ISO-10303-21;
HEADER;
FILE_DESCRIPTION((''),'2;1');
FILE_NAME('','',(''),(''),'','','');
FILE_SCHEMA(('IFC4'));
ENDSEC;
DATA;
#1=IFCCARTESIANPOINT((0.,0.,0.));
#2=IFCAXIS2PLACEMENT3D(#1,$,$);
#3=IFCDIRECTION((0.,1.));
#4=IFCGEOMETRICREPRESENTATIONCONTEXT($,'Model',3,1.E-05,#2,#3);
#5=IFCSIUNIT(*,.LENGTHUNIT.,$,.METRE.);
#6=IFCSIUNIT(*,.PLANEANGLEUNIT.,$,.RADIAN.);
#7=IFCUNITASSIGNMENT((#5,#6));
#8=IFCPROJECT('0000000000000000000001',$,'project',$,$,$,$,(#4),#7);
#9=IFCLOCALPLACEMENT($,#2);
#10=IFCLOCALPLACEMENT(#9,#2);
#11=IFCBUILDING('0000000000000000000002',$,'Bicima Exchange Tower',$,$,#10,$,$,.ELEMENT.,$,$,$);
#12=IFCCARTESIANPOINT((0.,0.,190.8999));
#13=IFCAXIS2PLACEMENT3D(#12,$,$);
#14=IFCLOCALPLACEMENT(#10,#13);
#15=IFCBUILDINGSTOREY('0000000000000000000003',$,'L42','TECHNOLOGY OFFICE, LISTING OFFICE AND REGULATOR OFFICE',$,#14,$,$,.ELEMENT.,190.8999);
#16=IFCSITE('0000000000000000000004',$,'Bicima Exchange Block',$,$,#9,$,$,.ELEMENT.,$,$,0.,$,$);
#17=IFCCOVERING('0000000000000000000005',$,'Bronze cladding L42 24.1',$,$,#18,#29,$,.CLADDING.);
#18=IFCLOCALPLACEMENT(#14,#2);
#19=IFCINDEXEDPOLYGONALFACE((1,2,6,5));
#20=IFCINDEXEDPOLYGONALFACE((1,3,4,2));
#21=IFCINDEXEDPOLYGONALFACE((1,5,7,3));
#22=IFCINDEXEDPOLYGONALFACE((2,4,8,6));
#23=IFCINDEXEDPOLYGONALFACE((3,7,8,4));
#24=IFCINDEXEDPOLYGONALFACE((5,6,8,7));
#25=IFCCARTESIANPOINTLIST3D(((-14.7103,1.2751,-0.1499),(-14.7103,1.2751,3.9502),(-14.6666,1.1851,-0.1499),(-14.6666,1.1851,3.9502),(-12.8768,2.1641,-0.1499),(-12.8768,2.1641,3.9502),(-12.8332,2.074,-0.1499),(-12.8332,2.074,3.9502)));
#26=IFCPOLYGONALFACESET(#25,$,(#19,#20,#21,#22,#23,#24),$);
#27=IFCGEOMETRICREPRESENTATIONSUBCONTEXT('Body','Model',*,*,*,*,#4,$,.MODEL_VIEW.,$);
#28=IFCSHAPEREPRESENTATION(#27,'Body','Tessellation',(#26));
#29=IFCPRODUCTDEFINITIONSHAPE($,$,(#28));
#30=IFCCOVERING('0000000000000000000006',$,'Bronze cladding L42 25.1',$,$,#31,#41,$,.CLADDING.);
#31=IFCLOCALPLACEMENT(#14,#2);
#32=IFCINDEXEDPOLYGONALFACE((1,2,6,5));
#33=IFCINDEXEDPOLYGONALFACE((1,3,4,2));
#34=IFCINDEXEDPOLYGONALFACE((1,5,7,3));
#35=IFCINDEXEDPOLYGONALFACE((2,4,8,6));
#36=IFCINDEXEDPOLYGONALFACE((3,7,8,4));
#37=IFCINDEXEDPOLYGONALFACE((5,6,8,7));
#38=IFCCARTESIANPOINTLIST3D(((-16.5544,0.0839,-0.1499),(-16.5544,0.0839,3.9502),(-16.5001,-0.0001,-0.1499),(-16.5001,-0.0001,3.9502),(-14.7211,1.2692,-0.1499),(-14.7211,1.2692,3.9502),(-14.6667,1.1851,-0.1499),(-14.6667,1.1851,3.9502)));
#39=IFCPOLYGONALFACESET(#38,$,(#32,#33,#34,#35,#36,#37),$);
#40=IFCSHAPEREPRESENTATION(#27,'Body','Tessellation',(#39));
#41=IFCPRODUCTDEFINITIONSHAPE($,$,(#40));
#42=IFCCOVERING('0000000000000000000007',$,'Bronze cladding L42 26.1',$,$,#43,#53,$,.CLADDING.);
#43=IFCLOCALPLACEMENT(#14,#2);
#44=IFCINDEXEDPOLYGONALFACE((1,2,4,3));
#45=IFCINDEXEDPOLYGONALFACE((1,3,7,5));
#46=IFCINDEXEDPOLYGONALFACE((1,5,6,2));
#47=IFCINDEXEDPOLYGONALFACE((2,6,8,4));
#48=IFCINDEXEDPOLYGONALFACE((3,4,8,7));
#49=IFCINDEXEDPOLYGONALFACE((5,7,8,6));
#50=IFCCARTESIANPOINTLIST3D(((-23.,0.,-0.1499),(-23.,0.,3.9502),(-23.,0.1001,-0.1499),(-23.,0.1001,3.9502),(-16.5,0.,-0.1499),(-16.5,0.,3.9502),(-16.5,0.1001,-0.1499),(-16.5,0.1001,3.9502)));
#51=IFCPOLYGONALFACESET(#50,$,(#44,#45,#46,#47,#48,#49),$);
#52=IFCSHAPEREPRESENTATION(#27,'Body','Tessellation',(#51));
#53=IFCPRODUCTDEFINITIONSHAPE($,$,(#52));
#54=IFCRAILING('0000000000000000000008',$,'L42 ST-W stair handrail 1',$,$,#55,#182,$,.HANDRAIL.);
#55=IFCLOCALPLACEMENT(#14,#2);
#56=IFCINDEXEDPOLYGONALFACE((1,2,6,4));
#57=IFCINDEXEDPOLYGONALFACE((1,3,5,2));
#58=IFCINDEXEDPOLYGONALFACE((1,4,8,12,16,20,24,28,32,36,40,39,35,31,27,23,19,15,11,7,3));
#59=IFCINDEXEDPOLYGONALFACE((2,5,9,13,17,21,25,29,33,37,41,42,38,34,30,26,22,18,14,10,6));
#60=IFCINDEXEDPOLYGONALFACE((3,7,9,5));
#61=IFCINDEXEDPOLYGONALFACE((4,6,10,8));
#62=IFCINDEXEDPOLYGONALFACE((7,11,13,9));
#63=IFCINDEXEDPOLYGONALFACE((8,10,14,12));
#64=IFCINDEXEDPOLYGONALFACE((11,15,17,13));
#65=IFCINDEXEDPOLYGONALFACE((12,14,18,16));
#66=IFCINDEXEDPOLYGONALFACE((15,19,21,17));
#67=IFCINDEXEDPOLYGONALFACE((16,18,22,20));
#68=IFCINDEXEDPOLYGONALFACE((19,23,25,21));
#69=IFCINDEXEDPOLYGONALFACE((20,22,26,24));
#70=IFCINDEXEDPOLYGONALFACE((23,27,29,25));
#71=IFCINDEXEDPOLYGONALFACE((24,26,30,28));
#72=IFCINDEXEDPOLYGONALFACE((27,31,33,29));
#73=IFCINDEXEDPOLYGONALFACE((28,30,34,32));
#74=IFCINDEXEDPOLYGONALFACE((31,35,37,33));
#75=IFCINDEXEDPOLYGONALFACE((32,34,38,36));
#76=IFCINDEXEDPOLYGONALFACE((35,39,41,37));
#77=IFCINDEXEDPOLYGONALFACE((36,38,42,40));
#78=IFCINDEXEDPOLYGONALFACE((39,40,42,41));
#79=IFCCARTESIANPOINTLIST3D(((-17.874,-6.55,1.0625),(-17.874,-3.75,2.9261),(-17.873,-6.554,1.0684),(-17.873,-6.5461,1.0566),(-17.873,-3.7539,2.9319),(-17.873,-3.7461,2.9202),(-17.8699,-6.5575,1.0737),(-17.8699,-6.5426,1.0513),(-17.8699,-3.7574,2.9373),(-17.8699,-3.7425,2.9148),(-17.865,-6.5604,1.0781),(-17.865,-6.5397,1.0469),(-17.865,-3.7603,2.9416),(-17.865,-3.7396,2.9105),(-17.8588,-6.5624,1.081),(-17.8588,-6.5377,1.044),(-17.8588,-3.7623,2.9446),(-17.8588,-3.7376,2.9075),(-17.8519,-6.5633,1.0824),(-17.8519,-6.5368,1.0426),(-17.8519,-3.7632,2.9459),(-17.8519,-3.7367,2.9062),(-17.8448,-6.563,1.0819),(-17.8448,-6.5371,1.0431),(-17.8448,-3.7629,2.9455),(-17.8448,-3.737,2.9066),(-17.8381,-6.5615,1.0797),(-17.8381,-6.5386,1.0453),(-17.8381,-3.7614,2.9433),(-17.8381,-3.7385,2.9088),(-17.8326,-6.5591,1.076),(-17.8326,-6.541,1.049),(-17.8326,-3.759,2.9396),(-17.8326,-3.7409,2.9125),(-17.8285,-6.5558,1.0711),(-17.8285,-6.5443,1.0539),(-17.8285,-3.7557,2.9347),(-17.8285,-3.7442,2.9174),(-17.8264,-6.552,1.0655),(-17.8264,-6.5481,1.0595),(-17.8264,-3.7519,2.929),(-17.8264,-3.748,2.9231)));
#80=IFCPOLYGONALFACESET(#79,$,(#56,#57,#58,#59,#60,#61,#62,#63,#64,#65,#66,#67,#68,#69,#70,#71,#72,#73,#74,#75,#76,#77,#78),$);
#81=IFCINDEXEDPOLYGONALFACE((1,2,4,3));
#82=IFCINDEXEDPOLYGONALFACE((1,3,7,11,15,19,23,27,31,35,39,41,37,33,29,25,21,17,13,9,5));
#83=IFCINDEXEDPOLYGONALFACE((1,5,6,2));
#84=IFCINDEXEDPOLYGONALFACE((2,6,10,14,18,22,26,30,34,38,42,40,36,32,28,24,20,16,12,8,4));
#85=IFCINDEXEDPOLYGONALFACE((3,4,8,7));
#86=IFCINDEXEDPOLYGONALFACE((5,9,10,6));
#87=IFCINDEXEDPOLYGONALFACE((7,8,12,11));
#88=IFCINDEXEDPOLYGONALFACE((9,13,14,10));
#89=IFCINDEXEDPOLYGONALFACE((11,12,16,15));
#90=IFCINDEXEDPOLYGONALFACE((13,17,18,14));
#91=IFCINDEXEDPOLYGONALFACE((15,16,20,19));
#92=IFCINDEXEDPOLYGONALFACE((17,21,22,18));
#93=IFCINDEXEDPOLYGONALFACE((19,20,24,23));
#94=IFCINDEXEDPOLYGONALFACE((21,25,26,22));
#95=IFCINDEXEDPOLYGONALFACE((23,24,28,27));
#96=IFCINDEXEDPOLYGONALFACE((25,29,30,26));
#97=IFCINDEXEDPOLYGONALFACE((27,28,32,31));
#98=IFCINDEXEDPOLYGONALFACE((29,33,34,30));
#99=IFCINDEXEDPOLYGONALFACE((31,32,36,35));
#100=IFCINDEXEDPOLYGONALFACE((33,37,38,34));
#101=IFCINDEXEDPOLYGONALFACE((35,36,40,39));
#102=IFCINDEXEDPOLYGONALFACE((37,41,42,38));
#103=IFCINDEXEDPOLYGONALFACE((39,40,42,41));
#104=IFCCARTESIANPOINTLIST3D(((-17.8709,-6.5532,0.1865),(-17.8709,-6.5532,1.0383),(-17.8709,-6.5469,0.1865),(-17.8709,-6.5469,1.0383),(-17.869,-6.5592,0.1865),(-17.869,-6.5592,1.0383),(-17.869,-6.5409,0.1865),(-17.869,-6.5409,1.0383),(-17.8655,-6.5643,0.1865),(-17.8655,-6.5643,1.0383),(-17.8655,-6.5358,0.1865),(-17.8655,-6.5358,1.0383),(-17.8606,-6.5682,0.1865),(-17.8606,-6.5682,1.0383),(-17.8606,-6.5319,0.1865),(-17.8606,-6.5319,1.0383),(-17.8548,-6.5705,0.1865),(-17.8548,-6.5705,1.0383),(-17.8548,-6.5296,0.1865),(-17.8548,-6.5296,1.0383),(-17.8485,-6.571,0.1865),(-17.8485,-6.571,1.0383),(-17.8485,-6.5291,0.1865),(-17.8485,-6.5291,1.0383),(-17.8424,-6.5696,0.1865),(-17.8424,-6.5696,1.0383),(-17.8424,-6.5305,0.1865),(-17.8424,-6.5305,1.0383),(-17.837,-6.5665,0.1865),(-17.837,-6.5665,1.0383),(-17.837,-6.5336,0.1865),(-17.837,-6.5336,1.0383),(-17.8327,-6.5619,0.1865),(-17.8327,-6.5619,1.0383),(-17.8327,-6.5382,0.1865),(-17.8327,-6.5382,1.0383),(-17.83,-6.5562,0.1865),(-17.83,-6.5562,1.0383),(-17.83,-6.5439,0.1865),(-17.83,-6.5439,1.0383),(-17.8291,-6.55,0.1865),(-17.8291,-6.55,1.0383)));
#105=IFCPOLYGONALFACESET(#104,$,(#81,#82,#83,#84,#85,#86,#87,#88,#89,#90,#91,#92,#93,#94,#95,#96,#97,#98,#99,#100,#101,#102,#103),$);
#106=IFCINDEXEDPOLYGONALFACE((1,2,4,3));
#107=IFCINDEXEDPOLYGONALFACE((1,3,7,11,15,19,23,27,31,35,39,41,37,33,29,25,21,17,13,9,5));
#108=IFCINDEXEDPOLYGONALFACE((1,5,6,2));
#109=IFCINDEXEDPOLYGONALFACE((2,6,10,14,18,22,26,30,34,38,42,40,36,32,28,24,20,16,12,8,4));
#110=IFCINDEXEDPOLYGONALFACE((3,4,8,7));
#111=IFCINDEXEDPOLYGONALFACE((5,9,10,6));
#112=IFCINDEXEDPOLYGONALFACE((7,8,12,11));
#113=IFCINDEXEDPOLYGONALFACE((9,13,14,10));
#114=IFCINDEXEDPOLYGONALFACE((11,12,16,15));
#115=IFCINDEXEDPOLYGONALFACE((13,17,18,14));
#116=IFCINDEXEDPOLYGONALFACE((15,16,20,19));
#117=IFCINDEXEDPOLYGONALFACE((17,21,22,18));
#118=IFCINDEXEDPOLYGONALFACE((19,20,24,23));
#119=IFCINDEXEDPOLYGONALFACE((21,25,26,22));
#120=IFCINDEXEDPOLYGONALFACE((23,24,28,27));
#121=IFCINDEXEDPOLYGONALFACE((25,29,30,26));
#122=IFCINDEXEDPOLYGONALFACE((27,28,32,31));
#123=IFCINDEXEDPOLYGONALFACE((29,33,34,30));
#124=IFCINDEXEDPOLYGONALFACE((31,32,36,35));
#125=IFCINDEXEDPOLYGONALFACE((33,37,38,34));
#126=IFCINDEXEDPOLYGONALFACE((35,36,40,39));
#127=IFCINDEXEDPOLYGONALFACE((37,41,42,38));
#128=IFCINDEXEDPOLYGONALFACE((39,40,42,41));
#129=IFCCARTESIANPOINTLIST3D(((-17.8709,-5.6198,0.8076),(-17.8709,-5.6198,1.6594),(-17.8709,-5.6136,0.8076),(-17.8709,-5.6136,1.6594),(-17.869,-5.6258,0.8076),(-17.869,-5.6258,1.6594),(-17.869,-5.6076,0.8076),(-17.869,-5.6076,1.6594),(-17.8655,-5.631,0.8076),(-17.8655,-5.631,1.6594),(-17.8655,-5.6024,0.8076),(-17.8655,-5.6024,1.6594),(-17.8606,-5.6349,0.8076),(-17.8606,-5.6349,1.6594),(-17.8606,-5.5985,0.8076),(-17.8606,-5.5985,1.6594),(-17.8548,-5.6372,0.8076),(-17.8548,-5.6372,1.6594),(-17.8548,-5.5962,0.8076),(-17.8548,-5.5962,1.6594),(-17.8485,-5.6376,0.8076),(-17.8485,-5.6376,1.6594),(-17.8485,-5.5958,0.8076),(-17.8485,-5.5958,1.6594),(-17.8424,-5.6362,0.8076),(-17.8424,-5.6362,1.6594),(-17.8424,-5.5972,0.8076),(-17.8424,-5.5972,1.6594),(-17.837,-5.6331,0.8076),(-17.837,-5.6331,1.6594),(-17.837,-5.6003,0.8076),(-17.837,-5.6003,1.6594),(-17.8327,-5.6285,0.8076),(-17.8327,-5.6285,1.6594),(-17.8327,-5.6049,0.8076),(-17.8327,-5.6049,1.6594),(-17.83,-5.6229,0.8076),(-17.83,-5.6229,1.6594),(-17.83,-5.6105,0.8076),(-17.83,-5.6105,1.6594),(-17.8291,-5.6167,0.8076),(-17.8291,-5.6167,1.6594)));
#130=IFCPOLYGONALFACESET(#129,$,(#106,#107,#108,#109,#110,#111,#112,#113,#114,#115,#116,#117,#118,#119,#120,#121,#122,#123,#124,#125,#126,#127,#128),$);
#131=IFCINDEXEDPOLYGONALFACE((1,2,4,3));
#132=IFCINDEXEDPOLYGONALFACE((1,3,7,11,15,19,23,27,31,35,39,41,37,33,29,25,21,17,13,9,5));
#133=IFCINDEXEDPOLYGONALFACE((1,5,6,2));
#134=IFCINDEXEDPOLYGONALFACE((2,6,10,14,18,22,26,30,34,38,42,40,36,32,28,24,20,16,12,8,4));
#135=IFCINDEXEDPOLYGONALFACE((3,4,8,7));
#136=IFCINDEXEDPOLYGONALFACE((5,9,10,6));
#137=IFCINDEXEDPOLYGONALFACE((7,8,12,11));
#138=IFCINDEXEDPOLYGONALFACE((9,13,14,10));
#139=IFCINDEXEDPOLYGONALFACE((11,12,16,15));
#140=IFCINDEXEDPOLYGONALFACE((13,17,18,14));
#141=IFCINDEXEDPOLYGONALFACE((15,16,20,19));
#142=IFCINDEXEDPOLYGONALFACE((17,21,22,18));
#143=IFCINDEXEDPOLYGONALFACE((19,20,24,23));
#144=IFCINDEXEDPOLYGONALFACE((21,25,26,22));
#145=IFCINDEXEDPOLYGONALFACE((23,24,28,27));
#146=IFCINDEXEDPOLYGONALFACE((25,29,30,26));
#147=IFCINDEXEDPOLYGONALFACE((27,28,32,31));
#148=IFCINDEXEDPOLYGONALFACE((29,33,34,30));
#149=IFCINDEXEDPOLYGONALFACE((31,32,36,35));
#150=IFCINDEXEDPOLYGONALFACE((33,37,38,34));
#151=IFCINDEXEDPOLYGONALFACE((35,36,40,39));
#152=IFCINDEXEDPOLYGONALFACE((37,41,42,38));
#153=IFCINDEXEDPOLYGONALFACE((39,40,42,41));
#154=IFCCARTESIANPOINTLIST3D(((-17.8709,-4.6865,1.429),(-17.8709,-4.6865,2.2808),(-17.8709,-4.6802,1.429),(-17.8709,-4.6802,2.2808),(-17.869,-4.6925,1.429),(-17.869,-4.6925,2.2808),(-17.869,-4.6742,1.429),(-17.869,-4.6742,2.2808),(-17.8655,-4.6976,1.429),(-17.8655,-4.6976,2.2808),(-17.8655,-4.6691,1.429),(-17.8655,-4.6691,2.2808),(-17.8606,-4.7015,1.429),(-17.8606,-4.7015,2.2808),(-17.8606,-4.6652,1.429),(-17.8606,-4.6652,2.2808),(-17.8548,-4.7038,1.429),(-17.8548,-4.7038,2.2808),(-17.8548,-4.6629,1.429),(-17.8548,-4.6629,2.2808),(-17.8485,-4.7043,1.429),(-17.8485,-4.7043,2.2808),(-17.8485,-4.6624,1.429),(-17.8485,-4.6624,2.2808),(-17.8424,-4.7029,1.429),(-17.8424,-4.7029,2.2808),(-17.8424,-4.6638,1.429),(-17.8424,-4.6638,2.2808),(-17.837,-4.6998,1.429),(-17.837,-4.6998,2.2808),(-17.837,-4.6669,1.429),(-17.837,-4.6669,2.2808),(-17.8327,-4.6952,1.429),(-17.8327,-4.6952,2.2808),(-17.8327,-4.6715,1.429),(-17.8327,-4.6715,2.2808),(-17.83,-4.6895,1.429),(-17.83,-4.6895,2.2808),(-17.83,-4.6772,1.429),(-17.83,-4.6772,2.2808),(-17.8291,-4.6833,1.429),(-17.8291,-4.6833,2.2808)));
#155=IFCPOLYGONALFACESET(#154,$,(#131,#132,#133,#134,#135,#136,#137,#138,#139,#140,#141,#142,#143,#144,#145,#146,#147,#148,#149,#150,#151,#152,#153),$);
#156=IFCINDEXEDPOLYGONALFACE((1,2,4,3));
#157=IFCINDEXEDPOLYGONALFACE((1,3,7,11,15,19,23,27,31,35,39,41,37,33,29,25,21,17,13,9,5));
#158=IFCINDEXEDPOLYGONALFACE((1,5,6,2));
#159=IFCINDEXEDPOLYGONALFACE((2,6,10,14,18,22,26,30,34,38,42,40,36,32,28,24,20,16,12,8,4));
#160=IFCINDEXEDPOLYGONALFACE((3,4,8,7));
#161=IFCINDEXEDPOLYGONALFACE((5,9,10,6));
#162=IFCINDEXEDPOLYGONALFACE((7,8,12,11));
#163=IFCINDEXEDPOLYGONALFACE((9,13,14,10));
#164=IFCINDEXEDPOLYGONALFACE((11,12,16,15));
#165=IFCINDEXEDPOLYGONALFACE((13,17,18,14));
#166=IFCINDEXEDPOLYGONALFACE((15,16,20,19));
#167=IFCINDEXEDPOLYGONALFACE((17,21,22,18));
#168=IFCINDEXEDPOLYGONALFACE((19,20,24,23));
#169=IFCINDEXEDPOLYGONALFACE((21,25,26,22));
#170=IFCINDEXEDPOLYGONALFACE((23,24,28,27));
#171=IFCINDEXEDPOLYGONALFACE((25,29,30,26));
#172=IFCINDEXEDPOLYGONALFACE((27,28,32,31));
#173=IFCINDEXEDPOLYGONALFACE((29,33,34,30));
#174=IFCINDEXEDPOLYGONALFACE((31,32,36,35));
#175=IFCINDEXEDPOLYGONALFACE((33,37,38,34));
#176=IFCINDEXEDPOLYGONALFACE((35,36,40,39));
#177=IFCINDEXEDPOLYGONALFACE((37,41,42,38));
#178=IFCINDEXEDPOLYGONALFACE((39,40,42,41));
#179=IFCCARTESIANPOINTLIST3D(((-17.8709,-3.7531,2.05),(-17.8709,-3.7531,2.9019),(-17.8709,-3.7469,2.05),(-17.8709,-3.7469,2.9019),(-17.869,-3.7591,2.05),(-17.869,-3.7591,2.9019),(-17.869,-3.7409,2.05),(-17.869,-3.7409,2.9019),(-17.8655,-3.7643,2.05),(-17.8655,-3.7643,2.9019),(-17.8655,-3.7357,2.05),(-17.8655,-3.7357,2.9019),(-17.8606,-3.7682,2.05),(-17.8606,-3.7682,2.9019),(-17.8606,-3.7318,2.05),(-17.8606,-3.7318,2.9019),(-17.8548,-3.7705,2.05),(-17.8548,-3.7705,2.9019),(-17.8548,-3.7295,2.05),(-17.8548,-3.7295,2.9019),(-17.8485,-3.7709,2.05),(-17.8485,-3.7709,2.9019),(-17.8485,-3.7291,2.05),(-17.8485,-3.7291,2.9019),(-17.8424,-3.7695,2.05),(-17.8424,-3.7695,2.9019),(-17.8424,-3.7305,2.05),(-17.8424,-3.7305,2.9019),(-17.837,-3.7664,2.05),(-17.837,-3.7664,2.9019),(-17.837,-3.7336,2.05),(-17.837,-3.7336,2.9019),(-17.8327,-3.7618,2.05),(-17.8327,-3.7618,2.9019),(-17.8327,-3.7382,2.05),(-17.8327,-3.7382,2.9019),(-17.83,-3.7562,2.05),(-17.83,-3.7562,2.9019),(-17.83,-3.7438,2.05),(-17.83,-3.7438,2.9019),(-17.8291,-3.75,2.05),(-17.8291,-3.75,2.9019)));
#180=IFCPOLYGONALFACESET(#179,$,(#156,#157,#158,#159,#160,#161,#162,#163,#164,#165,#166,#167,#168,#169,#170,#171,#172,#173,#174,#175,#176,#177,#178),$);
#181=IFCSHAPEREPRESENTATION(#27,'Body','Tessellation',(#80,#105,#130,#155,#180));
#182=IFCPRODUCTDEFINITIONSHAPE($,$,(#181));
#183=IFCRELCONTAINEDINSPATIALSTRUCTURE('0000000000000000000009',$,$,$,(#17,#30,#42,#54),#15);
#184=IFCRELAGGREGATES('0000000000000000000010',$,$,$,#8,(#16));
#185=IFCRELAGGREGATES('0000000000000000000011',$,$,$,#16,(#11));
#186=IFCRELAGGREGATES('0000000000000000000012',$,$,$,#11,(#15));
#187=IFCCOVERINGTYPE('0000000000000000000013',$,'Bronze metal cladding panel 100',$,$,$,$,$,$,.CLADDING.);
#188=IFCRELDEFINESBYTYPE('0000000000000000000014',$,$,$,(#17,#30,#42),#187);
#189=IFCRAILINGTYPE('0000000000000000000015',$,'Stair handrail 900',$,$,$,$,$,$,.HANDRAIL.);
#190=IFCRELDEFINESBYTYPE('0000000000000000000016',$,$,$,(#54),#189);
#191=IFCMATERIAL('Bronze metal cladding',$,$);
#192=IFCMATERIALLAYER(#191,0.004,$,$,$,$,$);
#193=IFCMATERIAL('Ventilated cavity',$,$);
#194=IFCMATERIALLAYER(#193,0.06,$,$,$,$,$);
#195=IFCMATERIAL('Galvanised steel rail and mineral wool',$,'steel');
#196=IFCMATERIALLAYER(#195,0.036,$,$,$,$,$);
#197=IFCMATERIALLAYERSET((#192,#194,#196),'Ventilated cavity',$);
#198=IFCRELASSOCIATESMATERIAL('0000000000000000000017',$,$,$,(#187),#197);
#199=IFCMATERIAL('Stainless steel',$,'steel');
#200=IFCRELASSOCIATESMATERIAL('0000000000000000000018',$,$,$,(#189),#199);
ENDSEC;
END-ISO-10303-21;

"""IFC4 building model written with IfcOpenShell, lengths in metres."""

from ifc_helpers import new_model, si_unit, direction, frame, origin, origin_2d, place, context, subcontext, project, spatial, rectangle, circle, extrude, material, layer, layer_set, type_object, element, save


model = new_model("IFC4")

# Units and contexts
model_context = context("Model", 3, precision=1e-05, world=origin(), true_north=direction((0.0, 1.0)))
body_context = subcontext(model_context, "Body", "Model", "MODEL_VIEW")
ifc_project = project(units=[si_unit("LENGTHUNIT", "METRE"), si_unit("PLANEANGLEUNIT", "RADIAN")], contexts=[model_context])

# Site, building, storey
site_placement = place(None, origin())
site = spatial("IfcSite", under=ifc_project, at=site_placement, Name="Bicima Exchange Block", CompositionType="ELEMENT", RefElevation=0.0)
building_placement = place(site_placement, origin())
building = spatial("IfcBuilding", under=site, at=building_placement, Name="Bicima Exchange Tower", CompositionType="ELEMENT")
storey_placement = place(building_placement, frame((0.0, 0.0, 190.8999)))
storey = spatial("IfcBuildingStorey", under=building, at=storey_placement, Name="L42", Description="TECHNOLOGY OFFICE, LISTING OFFICE AND REGULATOR OFFICE", CompositionType="ELEMENT", Elevation=190.8999)

# Shared definitions
ifc_material_1 = material(Name="Stainless steel", Category="steel")

# Coverings
ifc_material_2 = material(Name="Bronze metal cladding")
ifc_layer_1 = layer(ifc_material_2, 0.004)
ifc_material_3 = material(Name="Ventilated cavity")
ifc_layer_2 = layer(ifc_material_3, 0.06)
ifc_material_4 = material(Name="Galvanised steel rail and mineral wool", Category="steel")
ifc_layer_3 = layer(ifc_material_4, 0.036)
ifc_layer_set_1 = layer_set([ifc_layer_1, ifc_layer_2, ifc_layer_3], Name="Ventilated cavity")
covering_type = type_object("IfcCoveringType", Name="Bronze metal cladding panel 100", PredefinedType="CLADDING", material=ifc_layer_set_1)
covering_1_placement = place(storey_placement, frame((-13.7717, 1.6746, -0.1499), z_axis=(0.0, 0.0, 1.0), x_axis=(-0.899818, -0.436265, 0.0)))
element("IfcCovering", 1, at=covering_1_placement, inside=storey, type_object=covering_type, Name="Bronze cladding L42 24.1", PredefinedType="CLADDING", context=body_context, shape_type="SweptSolid", body=[
    extrude(rectangle(XDim=2.0376, YDim=0.1001, at=origin_2d()), origin(), (0.0, 0.0, 1.0), 4.1001),
])
covering_2_placement = place(storey_placement, frame((-15.6106, 0.6345, -0.1499), z_axis=(0.0, 0.0, 1.0), x_axis=(-0.83979, -0.542911, 0.0)))
element("IfcCovering", 2, at=covering_2_placement, inside=storey, type_object=covering_type, Name="Bronze cladding L42 25.1", PredefinedType="CLADDING", context=body_context, shape_type="SweptSolid", body=[
    extrude(rectangle(XDim=2.1831, YDim=0.1001, at=origin_2d()), origin(), (0.0, 0.0, 1.0), 4.1001),
])
covering_3_placement = place(storey_placement, frame((-19.75, 0.05, -0.1499), z_axis=(0.0, 0.0, 1.0), x_axis=(-1.0, 0.0, 0.0)))
element("IfcCovering", 3, at=covering_3_placement, inside=storey, type_object=covering_type, Name="Bronze cladding L42 26.1", PredefinedType="CLADDING", context=body_context, shape_type="SweptSolid", body=[
    extrude(rectangle(XDim=6.5, YDim=0.1001, at=origin_2d()), origin(), (0.0, 0.0, 1.0), 4.1001),
])

# Railing
railing_type_1 = type_object("IfcRailingType", Name="Stair handrail 900", PredefinedType="HANDRAIL", material=ifc_material_1)
railing_1_placement = place(storey_placement, frame((-17.8501, -6.55, 0.1865)))
element("IfcRailing", 4, at=railing_1_placement, inside=storey, type_object=railing_type_1, Name="L42 ST-W stair handrail 1", PredefinedType="HANDRAIL", context=body_context, shape_type="SweptSolid", body=[
    extrude(circle(Radius=0.0239, at=origin_2d()), frame((0.0, 0.0, 0.876), z_axis=(0.0, 0.832486, 0.554047), x_axis=(-1.0, 0.0, 0.0)), (0.0, 0.0, 1.0), 3.3635),
    extrude(circle(Radius=0.021, at=origin_2d()), origin(), (0.0, 0.0, 1.0), 0.8518),
    extrude(circle(Radius=0.021, at=origin_2d()), frame((0.0, 0.9333, 0.6211)), (0.0, 0.0, 1.0), 0.8518),
    extrude(circle(Radius=0.021, at=origin_2d()), frame((0.0, 1.8667, 1.2424)), (0.0, 0.0, 1.0), 0.8518),
    extrude(circle(Radius=0.021, at=origin_2d()), frame((0.0, 2.8, 1.8635)), (0.0, 0.0, 1.0), 0.8518),
])

save(model, "model.ifc")
